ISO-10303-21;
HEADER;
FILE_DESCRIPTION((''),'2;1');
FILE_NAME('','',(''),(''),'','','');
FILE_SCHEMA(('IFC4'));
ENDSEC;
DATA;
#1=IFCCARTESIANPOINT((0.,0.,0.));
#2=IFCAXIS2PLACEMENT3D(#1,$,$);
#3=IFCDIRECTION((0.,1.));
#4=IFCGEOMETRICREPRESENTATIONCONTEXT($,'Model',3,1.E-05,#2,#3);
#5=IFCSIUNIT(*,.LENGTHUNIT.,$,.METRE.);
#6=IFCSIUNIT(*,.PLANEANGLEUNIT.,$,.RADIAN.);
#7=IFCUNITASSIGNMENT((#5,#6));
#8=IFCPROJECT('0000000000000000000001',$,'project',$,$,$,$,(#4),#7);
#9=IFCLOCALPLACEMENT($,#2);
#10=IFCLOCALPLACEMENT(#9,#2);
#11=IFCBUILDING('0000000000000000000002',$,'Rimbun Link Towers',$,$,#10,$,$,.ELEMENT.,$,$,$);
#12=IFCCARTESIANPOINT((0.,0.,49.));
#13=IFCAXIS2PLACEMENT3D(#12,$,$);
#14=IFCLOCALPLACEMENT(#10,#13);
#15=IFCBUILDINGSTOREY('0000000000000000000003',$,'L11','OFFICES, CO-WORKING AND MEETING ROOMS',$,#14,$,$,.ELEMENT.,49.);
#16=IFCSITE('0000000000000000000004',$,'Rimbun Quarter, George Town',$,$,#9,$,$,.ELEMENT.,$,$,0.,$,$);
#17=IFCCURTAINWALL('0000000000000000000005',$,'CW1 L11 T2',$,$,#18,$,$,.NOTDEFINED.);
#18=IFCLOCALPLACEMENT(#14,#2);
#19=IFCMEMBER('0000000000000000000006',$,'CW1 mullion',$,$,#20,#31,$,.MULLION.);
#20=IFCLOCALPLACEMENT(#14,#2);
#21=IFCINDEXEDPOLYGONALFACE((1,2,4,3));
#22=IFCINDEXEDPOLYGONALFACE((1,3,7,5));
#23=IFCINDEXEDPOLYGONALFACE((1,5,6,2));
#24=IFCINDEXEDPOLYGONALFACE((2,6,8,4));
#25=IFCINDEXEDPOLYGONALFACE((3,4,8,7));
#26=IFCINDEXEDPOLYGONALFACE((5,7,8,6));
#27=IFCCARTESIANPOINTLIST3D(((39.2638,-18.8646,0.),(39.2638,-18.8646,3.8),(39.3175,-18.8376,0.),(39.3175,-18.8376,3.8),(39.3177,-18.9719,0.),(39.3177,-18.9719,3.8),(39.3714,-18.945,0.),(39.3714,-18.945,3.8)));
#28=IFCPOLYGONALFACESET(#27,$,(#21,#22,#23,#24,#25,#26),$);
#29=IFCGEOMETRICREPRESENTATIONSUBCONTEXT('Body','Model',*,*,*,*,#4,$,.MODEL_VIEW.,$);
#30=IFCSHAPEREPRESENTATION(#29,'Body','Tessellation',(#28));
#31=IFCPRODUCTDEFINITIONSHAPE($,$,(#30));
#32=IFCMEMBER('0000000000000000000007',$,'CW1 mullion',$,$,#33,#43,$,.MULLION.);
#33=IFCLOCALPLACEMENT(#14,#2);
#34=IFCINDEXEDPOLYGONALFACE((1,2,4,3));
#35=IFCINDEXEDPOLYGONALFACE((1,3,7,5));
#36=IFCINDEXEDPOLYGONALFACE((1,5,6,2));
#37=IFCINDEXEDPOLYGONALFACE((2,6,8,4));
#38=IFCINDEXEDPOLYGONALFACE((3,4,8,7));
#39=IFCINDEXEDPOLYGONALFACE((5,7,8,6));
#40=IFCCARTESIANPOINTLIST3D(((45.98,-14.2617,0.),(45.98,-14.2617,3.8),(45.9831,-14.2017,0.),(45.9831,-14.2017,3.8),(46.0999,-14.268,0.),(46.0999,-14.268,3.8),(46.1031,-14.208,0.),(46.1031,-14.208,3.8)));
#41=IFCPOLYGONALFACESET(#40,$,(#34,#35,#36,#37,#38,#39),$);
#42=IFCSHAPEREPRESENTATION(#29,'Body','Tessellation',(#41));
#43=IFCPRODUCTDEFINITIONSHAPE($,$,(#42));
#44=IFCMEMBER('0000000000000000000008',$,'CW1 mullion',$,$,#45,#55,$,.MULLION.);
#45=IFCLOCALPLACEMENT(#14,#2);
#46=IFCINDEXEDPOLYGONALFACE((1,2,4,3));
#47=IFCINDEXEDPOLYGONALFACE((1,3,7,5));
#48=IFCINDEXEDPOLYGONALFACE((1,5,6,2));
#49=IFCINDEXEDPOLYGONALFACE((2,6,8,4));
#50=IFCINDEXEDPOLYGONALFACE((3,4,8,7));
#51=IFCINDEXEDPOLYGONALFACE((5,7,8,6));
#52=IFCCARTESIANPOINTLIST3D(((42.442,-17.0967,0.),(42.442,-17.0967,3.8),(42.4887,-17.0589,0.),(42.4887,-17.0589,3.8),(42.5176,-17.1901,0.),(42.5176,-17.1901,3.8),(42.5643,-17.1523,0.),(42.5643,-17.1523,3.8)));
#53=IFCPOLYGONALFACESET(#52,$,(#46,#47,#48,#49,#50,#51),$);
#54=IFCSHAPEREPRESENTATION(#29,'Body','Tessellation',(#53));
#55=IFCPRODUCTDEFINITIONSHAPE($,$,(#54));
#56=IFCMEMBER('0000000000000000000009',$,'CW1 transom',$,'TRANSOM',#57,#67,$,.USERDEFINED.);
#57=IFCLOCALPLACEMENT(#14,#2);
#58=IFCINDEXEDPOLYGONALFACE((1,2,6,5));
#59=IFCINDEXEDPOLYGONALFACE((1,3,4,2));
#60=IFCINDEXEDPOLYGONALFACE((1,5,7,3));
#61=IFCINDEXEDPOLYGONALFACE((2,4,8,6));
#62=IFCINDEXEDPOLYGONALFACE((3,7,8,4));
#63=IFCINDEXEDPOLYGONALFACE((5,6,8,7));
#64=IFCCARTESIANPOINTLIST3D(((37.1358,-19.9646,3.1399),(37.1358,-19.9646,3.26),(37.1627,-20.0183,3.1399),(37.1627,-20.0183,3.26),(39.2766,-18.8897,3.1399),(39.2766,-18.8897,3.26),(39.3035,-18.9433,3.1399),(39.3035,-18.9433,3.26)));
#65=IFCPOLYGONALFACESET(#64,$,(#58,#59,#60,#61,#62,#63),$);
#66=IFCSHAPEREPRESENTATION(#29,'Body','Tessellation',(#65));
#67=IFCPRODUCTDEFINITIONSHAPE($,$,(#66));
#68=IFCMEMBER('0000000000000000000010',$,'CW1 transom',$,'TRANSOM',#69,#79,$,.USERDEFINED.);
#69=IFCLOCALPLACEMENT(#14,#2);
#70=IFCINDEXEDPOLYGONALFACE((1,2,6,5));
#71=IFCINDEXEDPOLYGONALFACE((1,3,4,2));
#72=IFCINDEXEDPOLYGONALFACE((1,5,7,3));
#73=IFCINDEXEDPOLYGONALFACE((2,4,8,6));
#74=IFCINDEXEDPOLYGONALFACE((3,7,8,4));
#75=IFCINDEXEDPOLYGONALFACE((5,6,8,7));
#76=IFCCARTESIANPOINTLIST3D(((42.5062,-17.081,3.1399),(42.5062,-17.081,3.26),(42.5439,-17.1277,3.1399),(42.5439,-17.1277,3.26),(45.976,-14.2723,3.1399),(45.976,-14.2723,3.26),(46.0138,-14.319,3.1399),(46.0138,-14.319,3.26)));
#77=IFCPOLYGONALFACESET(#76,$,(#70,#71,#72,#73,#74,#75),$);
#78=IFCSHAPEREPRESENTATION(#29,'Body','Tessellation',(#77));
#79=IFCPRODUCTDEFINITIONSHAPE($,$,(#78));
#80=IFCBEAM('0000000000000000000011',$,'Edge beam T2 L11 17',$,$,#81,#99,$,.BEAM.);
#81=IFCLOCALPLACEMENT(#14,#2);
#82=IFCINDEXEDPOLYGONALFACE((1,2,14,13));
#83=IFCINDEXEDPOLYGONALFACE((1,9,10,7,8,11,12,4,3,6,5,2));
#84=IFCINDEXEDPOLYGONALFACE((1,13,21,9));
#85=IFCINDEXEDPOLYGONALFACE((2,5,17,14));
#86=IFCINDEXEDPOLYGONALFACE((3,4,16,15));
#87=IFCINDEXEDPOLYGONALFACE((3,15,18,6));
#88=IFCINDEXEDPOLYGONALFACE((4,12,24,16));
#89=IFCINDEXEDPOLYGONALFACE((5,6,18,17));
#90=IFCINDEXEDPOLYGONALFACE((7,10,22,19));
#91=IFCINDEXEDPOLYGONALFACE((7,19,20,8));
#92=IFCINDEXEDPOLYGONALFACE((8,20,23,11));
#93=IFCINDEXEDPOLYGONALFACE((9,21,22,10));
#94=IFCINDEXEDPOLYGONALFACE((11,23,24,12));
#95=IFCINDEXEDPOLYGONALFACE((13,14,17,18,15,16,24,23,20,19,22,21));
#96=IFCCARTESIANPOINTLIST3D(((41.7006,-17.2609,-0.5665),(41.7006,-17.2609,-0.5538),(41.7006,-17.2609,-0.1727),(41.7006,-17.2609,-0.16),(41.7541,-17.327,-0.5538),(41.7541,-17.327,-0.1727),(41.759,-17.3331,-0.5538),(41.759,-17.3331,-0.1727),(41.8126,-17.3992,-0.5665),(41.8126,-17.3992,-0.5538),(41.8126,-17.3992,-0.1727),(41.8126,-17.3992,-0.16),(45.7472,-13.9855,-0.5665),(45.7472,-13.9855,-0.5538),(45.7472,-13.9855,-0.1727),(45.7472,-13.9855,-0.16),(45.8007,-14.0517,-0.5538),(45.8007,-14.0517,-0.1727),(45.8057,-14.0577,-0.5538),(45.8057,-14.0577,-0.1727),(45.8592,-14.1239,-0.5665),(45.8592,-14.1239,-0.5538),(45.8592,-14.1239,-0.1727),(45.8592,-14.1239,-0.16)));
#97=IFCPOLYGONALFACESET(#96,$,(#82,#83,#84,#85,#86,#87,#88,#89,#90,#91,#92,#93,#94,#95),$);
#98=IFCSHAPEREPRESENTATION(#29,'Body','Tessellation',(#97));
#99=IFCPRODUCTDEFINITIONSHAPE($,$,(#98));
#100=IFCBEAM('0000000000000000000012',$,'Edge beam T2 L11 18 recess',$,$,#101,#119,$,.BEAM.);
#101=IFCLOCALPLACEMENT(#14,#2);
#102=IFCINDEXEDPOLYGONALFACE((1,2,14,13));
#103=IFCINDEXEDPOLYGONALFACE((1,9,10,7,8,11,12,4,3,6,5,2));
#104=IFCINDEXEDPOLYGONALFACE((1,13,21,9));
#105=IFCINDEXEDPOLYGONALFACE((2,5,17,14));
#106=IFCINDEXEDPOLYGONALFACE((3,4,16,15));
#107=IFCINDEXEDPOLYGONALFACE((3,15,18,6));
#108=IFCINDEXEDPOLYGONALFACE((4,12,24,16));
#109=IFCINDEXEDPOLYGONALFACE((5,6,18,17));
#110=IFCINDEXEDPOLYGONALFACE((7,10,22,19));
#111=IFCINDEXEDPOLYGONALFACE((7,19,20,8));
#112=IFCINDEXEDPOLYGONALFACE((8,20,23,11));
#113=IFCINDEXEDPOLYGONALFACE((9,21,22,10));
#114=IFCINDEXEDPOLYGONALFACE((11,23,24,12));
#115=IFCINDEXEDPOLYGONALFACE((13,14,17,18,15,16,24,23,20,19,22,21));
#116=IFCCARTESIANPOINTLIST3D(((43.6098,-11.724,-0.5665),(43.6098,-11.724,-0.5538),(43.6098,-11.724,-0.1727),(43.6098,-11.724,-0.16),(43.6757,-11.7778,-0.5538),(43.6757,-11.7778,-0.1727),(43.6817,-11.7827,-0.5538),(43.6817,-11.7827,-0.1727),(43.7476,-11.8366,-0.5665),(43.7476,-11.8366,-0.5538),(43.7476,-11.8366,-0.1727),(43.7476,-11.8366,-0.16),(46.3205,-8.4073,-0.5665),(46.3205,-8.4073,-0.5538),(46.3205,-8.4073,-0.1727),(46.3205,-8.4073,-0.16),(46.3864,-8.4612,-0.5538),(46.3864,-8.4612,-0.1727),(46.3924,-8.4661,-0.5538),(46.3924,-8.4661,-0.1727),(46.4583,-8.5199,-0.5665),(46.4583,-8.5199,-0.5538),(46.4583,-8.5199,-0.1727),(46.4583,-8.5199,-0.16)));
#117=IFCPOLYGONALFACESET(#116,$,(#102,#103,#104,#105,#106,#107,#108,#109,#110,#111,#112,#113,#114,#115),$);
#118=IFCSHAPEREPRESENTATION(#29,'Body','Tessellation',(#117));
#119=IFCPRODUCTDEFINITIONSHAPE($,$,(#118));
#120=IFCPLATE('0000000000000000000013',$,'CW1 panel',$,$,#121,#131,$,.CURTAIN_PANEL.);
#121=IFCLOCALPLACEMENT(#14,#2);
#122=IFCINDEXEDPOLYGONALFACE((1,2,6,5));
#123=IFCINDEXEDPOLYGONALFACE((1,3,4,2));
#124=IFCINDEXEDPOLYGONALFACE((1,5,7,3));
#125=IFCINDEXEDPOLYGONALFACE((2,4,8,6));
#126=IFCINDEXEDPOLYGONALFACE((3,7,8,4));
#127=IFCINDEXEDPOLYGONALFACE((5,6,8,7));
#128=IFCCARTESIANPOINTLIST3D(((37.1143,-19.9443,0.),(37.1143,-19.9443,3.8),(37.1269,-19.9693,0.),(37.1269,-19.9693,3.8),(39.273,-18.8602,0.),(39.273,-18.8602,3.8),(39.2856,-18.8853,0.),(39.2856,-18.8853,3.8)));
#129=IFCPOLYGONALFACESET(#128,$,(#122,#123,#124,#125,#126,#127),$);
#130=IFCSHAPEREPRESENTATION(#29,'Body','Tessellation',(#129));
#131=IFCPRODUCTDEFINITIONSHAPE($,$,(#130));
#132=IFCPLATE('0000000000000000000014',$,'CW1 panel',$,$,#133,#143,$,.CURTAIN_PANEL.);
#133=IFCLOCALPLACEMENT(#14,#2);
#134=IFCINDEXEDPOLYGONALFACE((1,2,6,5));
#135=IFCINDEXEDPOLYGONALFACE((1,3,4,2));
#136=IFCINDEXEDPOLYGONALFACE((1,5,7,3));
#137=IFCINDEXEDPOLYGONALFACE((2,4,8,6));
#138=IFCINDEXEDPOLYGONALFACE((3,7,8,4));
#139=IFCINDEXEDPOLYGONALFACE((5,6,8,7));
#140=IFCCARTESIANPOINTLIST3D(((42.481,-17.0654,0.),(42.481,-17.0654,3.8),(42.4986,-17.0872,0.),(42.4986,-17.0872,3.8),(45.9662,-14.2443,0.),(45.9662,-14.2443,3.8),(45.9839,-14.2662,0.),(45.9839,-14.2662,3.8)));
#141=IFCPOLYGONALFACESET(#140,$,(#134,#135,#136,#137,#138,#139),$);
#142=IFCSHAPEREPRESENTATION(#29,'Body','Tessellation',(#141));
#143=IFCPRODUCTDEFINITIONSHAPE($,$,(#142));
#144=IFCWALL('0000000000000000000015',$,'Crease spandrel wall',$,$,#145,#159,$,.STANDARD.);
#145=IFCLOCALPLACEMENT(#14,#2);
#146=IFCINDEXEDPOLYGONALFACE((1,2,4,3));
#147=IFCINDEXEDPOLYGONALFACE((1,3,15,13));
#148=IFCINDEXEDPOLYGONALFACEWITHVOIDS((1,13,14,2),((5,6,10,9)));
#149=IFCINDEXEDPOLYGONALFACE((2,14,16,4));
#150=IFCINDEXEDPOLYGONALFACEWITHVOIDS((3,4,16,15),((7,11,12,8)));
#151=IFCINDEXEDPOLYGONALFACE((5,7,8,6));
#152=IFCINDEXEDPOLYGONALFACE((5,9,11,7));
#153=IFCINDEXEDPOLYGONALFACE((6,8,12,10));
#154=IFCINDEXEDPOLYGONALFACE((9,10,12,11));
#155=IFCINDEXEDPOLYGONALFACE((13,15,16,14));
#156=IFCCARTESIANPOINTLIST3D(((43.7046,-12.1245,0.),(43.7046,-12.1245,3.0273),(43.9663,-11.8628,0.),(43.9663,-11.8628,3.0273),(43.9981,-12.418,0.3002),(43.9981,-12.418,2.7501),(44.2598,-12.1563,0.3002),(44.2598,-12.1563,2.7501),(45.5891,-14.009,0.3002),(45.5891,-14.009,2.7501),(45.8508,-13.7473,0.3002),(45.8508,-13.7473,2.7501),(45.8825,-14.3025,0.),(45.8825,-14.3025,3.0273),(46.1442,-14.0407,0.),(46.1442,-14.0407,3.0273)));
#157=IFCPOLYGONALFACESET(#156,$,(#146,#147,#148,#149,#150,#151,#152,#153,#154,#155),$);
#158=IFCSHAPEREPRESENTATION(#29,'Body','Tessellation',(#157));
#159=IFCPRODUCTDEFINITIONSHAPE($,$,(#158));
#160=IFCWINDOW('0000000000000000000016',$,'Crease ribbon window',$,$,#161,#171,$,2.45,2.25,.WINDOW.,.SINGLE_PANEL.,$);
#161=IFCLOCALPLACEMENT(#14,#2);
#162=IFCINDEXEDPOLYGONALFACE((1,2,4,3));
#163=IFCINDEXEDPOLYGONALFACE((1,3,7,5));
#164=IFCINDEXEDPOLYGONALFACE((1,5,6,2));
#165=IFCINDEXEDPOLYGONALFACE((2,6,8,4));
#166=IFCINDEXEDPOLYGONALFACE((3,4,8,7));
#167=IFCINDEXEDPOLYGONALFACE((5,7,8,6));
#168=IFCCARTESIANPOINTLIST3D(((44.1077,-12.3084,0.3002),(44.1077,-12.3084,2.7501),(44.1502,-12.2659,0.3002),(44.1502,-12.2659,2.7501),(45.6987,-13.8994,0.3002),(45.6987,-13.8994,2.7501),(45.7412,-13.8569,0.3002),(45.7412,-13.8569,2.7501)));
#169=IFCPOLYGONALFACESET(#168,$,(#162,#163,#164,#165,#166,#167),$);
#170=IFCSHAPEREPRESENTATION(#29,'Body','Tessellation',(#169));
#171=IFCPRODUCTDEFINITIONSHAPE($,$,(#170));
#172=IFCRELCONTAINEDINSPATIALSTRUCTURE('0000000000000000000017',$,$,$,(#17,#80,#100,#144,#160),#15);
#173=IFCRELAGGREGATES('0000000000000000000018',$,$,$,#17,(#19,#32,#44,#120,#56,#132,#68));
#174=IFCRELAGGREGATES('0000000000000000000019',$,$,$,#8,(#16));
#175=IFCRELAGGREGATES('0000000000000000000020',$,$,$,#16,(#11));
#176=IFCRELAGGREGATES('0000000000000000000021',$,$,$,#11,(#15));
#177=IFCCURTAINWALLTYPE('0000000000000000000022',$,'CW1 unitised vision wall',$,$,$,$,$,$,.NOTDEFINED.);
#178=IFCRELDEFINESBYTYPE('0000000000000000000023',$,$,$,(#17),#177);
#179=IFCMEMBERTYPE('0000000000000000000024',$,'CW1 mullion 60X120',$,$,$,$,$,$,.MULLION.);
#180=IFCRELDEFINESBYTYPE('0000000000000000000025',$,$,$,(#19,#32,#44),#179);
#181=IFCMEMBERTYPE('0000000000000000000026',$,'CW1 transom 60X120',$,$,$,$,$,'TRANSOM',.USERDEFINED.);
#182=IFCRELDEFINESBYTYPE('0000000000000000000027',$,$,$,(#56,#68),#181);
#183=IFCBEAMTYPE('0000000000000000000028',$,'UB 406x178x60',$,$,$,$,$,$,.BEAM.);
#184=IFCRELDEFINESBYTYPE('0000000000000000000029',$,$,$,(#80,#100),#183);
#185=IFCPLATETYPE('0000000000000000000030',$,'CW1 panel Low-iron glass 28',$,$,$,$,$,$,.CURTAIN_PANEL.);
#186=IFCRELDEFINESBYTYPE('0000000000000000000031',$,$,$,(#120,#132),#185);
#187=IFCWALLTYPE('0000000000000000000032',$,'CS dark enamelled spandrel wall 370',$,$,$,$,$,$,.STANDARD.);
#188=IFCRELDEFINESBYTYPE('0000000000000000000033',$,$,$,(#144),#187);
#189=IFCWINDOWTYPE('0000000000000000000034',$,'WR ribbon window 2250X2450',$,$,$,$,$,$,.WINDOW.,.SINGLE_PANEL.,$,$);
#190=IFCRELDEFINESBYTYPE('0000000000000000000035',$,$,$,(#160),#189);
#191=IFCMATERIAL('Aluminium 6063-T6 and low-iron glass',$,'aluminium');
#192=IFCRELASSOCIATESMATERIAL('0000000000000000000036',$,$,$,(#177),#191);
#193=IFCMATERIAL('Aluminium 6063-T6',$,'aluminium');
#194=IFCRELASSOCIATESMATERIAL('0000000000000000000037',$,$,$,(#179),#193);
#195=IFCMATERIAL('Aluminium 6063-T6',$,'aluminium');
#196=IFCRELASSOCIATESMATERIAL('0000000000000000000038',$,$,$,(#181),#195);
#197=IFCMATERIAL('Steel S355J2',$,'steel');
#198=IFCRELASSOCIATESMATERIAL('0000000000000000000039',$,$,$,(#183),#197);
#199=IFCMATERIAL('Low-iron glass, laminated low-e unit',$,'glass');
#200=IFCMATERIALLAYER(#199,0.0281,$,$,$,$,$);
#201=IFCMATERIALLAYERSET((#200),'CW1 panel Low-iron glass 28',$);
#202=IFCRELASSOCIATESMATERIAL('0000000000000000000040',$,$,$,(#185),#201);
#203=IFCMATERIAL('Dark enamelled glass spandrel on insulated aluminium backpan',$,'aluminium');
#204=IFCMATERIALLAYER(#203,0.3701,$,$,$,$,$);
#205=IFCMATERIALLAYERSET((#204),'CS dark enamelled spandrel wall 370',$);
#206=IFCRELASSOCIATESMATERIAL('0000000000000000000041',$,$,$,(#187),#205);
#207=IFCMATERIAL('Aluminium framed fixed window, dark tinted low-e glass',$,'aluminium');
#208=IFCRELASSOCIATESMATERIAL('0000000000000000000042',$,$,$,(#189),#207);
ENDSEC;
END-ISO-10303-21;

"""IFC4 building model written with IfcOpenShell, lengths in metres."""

from ifc_helpers import new_model, si_unit, direction, frame, frame_2d, origin, origin_2d, place, context, subcontext, project, spatial, rectangle, i_section, extrude, material, layer, layer_set, material_profile, profile_set, type_object, element, fill, aggregate, save


model = new_model("IFC4")

# Units and contexts
model_context = context("Model", 3, precision=1e-05, world=origin(), true_north=direction((0.0, 1.0)))
body_context = subcontext(model_context, "Body", "Model", "MODEL_VIEW")
ifc_project = project(units=[si_unit("LENGTHUNIT", "METRE"), si_unit("PLANEANGLEUNIT", "RADIAN")], contexts=[model_context])

# Site, building, storey
site_placement = place(None, origin())
site = spatial("IfcSite", under=ifc_project, at=site_placement, Name="Rimbun Quarter, George Town", CompositionType="ELEMENT", RefElevation=0.0)
building_placement = place(site_placement, origin())
building = spatial("IfcBuilding", under=site, at=building_placement, Name="Rimbun Link Towers", CompositionType="ELEMENT")
storey_placement = place(building_placement, frame((0.0, 0.0, 49.0)))
storey = spatial("IfcBuildingStorey", under=building, at=storey_placement, Name="L11", Description="OFFICES, CO-WORKING AND MEETING ROOMS", CompositionType="ELEMENT", Elevation=49.0)

# Curtain wall, members
ifc_material_1 = material(Name="Aluminium 6063-T6 and low-iron glass", Category="aluminium")
curtain_wall_type = type_object("IfcCurtainWallType", Name="CW1 unitised vision wall", PredefinedType="NOTDEFINED", material=ifc_material_1)
curtain_wall_placement = place(storey_placement, origin())
curtain_wall = element("IfcCurtainWall", 1, at=curtain_wall_placement, inside=storey, type_object=curtain_wall_type, Name="CW1 L11 T2", PredefinedType="NOTDEFINED")
ifc_material_2 = material(Name="Aluminium 6063-T6", Category="aluminium")
ifc_material_profile_1 = material_profile(ifc_material_2, rectangle(XDim=0.1201, YDim=0.0601, at=origin_2d()), Name="MULLION 60X120")
ifc_profile_set_1 = profile_set([ifc_material_profile_1], Name="Aluminium 6063-T6")
member_type_1 = type_object("IfcMemberType", Name="CW1 mullion 60X120", PredefinedType="MULLION", material=ifc_profile_set_1)
member_1_placement = place(storey_placement, frame((39.3176, -18.9048, 0.0), z_axis=(0.0, 0.0, 1.0), x_axis=(0.448766, -0.893649, 0.0)))
member_1 = element("IfcMember", 2, at=member_1_placement, type_object=member_type_1, Name="CW1 mullion", PredefinedType="MULLION", context=body_context, shape_type="SweptSolid", body=[
    extrude(rectangle(XDim=0.1201, YDim=0.0601, at=origin_2d()), origin(), (0.0, 0.0, 1.0), 3.8),
])
member_2_placement = place(storey_placement, frame((46.0415, -14.2349, 0.0), z_axis=(0.0, 0.0, 1.0), x_axis=(0.998624, -0.052442, 0.0)))
member_2 = element("IfcMember", 3, at=member_2_placement, type_object=member_type_1, Name="CW1 mullion", PredefinedType="MULLION", context=body_context, shape_type="SweptSolid", body=[
    extrude(rectangle(XDim=0.1201, YDim=0.0601, at=origin_2d()), origin(), (0.0, 0.0, 1.0), 3.8),
])
member_3_placement = place(storey_placement, frame((42.5032, -17.1245, 0.0), z_axis=(0.0, 0.0, 1.0), x_axis=(0.629155, -0.77728, 0.0)))
member_3 = element("IfcMember", 4, at=member_3_placement, type_object=member_type_1, Name="CW1 mullion", PredefinedType="MULLION", context=body_context, shape_type="SweptSolid", body=[
    extrude(rectangle(XDim=0.1201, YDim=0.0601, at=origin_2d()), origin(), (0.0, 0.0, 1.0), 3.8),
])
ifc_material_3 = material(Name="Aluminium 6063-T6", Category="aluminium")
ifc_material_profile_2 = material_profile(ifc_material_3, rectangle(XDim=0.0601, YDim=0.1201, at=origin_2d()), Name="TRANSOM 60X120")
ifc_profile_set_2 = profile_set([ifc_material_profile_2], Name="Aluminium 6063-T6")
member_type_2 = type_object("IfcMemberType", Name="CW1 transom 60X120", ElementType="TRANSOM", PredefinedType="USERDEFINED", material=ifc_profile_set_2)
member_4_placement = place(storey_placement, frame((39.29, -18.9165, 3.2), z_axis=(-0.893672, -0.448721, 0.0), x_axis=(0.448721, -0.893672, 0.0)))
member_4 = element("IfcMember", 5, at=member_4_placement, type_object=member_type_2, Name="CW1 transom", ObjectType="TRANSOM", PredefinedType="USERDEFINED", context=body_context, shape_type="SweptSolid", body=[
    extrude(rectangle(XDim=0.0601, YDim=0.1201, at=origin_2d()), origin(), (0.0, 0.0, 1.0), 2.3955),
])
member_5_placement = place(storey_placement, frame((45.9949, -14.2957, 3.2), z_axis=(-0.77727, -0.629167, 0.0), x_axis=(0.629167, -0.77727, 0.0)))
member_5 = element("IfcMember", 6, at=member_5_placement, type_object=member_type_2, Name="CW1 transom", ObjectType="TRANSOM", PredefinedType="USERDEFINED", context=body_context, shape_type="SweptSolid", body=[
    extrude(rectangle(XDim=0.0601, YDim=0.1201, at=origin_2d()), origin(), (0.0, 0.0, 1.0), 4.4641),
])

# Beams
ifc_material_4 = material(Name="Steel S355J2", Category="steel")
ifc_material_profile_3 = material_profile(ifc_material_4, i_section(OverallWidth=0.178, OverallDepth=0.4065, WebThickness=0.0078, FlangeThickness=0.0127, at=origin_2d()), Name="UB 406x178x60")
ifc_profile_set_3 = profile_set([ifc_material_profile_3], Name="Steel S355J2")
beam_type = type_object("IfcBeamType", Name="UB 406x178x60", PredefinedType="BEAM", material=ifc_profile_set_3)
beam_1_placement = place(storey_placement, frame((41.7566, -17.3301, -0.3633), z_axis=(0.777287, 0.629146, 0.0), x_axis=(-0.629146, 0.777287, 0.0)))
element("IfcBeam", 7, at=beam_1_placement, inside=storey, type_object=beam_type, Name="Edge beam T2 L11 17", PredefinedType="BEAM", context=body_context, shape_type="SweptSolid", body=[
    extrude(i_section(OverallWidth=0.178, OverallDepth=0.4065, WebThickness=0.0078, FlangeThickness=0.0127, at=origin_2d()), origin(), (0.0, 0.0, 1.0), 5.2061),
])
beam_2_placement = place(storey_placement, frame((43.6787, -11.7803, -0.3633), z_axis=(0.632828, 0.774292, 0.0), x_axis=(-0.774292, 0.632828, 0.0)))
element("IfcBeam", 8, at=beam_2_placement, inside=storey, type_object=beam_type, Name="Edge beam T2 L11 18 recess", PredefinedType="BEAM", context=body_context, shape_type="SweptSolid", body=[
    extrude(i_section(OverallWidth=0.178, OverallDepth=0.4065, WebThickness=0.0078, FlangeThickness=0.0127, at=origin_2d()), origin(), (0.0, 0.0, 1.0), 4.2834),
])

# Plates
ifc_material_5 = material(Name="Low-iron glass, laminated low-e unit", Category="glass")
ifc_layer_1 = layer(ifc_material_5, 0.0281)
ifc_layer_set_1 = layer_set([ifc_layer_1], Name="CW1 panel Low-iron glass 28")
plate_type = type_object("IfcPlateType", Name="CW1 panel Low-iron glass 28", PredefinedType="CURTAIN_PANEL", material=ifc_layer_set_1)
plate_1_placement = place(storey_placement, frame((38.2, -19.4148, 0.0), z_axis=(0.0, 0.0, 1.0), x_axis=(-0.893649, -0.448766, 0.0)))
plate_1 = element("IfcPlate", 9, at=plate_1_placement, type_object=plate_type, Name="CW1 panel", PredefinedType="CURTAIN_PANEL", context=body_context, shape_type="SweptSolid", body=[
    extrude(rectangle(XDim=2.4155, YDim=0.0281, at=origin_2d()), origin(), (0.0, 0.0, 1.0), 3.8),
])
plate_2_placement = place(storey_placement, frame((44.2324, -15.6658, 0.0), z_axis=(0.0, 0.0, 1.0), x_axis=(-0.77728, -0.629155, 0.0)))
plate_2 = element("IfcPlate", 10, at=plate_2_placement, type_object=plate_type, Name="CW1 panel", PredefinedType="CURTAIN_PANEL", context=body_context, shape_type="SweptSolid", body=[
    extrude(rectangle(XDim=4.4839, YDim=0.0281, at=origin_2d()), origin(), (0.0, 0.0, 1.0), 3.8),
])
aggregate(curtain_wall, [member_1, member_2, member_3, plate_1, member_4, plate_2, member_5])

# Wall, opening, window
ifc_material_6 = material(Name="Dark enamelled glass spandrel on insulated aluminium backpan", Category="aluminium")
ifc_layer_2 = layer(ifc_material_6, 0.3701)
ifc_layer_set_2 = layer_set([ifc_layer_2], Name="CS dark enamelled spandrel wall 370")
wall_type_1 = type_object("IfcWallType", Name="CS dark enamelled spandrel wall 370", PredefinedType="STANDARD", material=ifc_layer_set_2)
wall_1_placement = place(storey_placement, frame((43.8354, -11.9937, 0.0), z_axis=(0.0, 0.0, 1.0), x_axis=(0.707107, -0.707107, 0.0)))
wall_1 = element("IfcWall", 11, at=wall_1_placement, inside=storey, type_object=wall_type_1, Name="Crease spandrel wall", PredefinedType="STANDARD", context=body_context, shape_type="SweptSolid", body=[
    extrude(rectangle(XDim=3.0801, YDim=0.3701, at=frame_2d((1.54, 0.0))), origin(), (0.0, 0.0, 1.0), 3.0273),
])
opening_placement = place(wall_1_placement, frame((0.415, 0.0, 0.3)))
opening = element("IfcOpeningElement", 12, at=opening_placement, cuts=wall_1, PredefinedType="OPENING", context=body_context, shape_type="SweptSolid", body=[
    extrude(rectangle(XDim=2.25, YDim=2.45, at=frame_2d((1.125, 1.2251))), frame((0.0, 0.1951, 0.0), z_axis=(0.0, -1.0, 0.0), x_axis=(1.0, 0.0, 0.0)), (0.0, 0.0, 1.0), 0.3901),
])
ifc_material_7 = material(Name="Aluminium framed fixed window, dark tinted low-e glass", Category="aluminium")
window_type = type_object("IfcWindowType", Name="WR ribbon window 2250X2450", PartitioningType="SINGLE_PANEL", PredefinedType="WINDOW", material=ifc_material_7)
window_placement = place(opening_placement, origin())
window = element("IfcWindow", 13, at=window_placement, inside=storey, type_object=window_type, Name="Crease ribbon window", OverallHeight=2.45, OverallWidth=2.25, PartitioningType="SINGLE_PANEL", PredefinedType="WINDOW", context=body_context, shape_type="SweptSolid", body=[
    extrude(rectangle(XDim=2.25, YDim=2.45, at=frame_2d((1.125, 1.2251))), frame((0.0, 0.03, 0.0), z_axis=(0.0, -1.0, 0.0), x_axis=(1.0, 0.0, 0.0)), (0.0, 0.0, 1.0), 0.0601),
])
fill(opening, window)

save(model, "model.ifc")
